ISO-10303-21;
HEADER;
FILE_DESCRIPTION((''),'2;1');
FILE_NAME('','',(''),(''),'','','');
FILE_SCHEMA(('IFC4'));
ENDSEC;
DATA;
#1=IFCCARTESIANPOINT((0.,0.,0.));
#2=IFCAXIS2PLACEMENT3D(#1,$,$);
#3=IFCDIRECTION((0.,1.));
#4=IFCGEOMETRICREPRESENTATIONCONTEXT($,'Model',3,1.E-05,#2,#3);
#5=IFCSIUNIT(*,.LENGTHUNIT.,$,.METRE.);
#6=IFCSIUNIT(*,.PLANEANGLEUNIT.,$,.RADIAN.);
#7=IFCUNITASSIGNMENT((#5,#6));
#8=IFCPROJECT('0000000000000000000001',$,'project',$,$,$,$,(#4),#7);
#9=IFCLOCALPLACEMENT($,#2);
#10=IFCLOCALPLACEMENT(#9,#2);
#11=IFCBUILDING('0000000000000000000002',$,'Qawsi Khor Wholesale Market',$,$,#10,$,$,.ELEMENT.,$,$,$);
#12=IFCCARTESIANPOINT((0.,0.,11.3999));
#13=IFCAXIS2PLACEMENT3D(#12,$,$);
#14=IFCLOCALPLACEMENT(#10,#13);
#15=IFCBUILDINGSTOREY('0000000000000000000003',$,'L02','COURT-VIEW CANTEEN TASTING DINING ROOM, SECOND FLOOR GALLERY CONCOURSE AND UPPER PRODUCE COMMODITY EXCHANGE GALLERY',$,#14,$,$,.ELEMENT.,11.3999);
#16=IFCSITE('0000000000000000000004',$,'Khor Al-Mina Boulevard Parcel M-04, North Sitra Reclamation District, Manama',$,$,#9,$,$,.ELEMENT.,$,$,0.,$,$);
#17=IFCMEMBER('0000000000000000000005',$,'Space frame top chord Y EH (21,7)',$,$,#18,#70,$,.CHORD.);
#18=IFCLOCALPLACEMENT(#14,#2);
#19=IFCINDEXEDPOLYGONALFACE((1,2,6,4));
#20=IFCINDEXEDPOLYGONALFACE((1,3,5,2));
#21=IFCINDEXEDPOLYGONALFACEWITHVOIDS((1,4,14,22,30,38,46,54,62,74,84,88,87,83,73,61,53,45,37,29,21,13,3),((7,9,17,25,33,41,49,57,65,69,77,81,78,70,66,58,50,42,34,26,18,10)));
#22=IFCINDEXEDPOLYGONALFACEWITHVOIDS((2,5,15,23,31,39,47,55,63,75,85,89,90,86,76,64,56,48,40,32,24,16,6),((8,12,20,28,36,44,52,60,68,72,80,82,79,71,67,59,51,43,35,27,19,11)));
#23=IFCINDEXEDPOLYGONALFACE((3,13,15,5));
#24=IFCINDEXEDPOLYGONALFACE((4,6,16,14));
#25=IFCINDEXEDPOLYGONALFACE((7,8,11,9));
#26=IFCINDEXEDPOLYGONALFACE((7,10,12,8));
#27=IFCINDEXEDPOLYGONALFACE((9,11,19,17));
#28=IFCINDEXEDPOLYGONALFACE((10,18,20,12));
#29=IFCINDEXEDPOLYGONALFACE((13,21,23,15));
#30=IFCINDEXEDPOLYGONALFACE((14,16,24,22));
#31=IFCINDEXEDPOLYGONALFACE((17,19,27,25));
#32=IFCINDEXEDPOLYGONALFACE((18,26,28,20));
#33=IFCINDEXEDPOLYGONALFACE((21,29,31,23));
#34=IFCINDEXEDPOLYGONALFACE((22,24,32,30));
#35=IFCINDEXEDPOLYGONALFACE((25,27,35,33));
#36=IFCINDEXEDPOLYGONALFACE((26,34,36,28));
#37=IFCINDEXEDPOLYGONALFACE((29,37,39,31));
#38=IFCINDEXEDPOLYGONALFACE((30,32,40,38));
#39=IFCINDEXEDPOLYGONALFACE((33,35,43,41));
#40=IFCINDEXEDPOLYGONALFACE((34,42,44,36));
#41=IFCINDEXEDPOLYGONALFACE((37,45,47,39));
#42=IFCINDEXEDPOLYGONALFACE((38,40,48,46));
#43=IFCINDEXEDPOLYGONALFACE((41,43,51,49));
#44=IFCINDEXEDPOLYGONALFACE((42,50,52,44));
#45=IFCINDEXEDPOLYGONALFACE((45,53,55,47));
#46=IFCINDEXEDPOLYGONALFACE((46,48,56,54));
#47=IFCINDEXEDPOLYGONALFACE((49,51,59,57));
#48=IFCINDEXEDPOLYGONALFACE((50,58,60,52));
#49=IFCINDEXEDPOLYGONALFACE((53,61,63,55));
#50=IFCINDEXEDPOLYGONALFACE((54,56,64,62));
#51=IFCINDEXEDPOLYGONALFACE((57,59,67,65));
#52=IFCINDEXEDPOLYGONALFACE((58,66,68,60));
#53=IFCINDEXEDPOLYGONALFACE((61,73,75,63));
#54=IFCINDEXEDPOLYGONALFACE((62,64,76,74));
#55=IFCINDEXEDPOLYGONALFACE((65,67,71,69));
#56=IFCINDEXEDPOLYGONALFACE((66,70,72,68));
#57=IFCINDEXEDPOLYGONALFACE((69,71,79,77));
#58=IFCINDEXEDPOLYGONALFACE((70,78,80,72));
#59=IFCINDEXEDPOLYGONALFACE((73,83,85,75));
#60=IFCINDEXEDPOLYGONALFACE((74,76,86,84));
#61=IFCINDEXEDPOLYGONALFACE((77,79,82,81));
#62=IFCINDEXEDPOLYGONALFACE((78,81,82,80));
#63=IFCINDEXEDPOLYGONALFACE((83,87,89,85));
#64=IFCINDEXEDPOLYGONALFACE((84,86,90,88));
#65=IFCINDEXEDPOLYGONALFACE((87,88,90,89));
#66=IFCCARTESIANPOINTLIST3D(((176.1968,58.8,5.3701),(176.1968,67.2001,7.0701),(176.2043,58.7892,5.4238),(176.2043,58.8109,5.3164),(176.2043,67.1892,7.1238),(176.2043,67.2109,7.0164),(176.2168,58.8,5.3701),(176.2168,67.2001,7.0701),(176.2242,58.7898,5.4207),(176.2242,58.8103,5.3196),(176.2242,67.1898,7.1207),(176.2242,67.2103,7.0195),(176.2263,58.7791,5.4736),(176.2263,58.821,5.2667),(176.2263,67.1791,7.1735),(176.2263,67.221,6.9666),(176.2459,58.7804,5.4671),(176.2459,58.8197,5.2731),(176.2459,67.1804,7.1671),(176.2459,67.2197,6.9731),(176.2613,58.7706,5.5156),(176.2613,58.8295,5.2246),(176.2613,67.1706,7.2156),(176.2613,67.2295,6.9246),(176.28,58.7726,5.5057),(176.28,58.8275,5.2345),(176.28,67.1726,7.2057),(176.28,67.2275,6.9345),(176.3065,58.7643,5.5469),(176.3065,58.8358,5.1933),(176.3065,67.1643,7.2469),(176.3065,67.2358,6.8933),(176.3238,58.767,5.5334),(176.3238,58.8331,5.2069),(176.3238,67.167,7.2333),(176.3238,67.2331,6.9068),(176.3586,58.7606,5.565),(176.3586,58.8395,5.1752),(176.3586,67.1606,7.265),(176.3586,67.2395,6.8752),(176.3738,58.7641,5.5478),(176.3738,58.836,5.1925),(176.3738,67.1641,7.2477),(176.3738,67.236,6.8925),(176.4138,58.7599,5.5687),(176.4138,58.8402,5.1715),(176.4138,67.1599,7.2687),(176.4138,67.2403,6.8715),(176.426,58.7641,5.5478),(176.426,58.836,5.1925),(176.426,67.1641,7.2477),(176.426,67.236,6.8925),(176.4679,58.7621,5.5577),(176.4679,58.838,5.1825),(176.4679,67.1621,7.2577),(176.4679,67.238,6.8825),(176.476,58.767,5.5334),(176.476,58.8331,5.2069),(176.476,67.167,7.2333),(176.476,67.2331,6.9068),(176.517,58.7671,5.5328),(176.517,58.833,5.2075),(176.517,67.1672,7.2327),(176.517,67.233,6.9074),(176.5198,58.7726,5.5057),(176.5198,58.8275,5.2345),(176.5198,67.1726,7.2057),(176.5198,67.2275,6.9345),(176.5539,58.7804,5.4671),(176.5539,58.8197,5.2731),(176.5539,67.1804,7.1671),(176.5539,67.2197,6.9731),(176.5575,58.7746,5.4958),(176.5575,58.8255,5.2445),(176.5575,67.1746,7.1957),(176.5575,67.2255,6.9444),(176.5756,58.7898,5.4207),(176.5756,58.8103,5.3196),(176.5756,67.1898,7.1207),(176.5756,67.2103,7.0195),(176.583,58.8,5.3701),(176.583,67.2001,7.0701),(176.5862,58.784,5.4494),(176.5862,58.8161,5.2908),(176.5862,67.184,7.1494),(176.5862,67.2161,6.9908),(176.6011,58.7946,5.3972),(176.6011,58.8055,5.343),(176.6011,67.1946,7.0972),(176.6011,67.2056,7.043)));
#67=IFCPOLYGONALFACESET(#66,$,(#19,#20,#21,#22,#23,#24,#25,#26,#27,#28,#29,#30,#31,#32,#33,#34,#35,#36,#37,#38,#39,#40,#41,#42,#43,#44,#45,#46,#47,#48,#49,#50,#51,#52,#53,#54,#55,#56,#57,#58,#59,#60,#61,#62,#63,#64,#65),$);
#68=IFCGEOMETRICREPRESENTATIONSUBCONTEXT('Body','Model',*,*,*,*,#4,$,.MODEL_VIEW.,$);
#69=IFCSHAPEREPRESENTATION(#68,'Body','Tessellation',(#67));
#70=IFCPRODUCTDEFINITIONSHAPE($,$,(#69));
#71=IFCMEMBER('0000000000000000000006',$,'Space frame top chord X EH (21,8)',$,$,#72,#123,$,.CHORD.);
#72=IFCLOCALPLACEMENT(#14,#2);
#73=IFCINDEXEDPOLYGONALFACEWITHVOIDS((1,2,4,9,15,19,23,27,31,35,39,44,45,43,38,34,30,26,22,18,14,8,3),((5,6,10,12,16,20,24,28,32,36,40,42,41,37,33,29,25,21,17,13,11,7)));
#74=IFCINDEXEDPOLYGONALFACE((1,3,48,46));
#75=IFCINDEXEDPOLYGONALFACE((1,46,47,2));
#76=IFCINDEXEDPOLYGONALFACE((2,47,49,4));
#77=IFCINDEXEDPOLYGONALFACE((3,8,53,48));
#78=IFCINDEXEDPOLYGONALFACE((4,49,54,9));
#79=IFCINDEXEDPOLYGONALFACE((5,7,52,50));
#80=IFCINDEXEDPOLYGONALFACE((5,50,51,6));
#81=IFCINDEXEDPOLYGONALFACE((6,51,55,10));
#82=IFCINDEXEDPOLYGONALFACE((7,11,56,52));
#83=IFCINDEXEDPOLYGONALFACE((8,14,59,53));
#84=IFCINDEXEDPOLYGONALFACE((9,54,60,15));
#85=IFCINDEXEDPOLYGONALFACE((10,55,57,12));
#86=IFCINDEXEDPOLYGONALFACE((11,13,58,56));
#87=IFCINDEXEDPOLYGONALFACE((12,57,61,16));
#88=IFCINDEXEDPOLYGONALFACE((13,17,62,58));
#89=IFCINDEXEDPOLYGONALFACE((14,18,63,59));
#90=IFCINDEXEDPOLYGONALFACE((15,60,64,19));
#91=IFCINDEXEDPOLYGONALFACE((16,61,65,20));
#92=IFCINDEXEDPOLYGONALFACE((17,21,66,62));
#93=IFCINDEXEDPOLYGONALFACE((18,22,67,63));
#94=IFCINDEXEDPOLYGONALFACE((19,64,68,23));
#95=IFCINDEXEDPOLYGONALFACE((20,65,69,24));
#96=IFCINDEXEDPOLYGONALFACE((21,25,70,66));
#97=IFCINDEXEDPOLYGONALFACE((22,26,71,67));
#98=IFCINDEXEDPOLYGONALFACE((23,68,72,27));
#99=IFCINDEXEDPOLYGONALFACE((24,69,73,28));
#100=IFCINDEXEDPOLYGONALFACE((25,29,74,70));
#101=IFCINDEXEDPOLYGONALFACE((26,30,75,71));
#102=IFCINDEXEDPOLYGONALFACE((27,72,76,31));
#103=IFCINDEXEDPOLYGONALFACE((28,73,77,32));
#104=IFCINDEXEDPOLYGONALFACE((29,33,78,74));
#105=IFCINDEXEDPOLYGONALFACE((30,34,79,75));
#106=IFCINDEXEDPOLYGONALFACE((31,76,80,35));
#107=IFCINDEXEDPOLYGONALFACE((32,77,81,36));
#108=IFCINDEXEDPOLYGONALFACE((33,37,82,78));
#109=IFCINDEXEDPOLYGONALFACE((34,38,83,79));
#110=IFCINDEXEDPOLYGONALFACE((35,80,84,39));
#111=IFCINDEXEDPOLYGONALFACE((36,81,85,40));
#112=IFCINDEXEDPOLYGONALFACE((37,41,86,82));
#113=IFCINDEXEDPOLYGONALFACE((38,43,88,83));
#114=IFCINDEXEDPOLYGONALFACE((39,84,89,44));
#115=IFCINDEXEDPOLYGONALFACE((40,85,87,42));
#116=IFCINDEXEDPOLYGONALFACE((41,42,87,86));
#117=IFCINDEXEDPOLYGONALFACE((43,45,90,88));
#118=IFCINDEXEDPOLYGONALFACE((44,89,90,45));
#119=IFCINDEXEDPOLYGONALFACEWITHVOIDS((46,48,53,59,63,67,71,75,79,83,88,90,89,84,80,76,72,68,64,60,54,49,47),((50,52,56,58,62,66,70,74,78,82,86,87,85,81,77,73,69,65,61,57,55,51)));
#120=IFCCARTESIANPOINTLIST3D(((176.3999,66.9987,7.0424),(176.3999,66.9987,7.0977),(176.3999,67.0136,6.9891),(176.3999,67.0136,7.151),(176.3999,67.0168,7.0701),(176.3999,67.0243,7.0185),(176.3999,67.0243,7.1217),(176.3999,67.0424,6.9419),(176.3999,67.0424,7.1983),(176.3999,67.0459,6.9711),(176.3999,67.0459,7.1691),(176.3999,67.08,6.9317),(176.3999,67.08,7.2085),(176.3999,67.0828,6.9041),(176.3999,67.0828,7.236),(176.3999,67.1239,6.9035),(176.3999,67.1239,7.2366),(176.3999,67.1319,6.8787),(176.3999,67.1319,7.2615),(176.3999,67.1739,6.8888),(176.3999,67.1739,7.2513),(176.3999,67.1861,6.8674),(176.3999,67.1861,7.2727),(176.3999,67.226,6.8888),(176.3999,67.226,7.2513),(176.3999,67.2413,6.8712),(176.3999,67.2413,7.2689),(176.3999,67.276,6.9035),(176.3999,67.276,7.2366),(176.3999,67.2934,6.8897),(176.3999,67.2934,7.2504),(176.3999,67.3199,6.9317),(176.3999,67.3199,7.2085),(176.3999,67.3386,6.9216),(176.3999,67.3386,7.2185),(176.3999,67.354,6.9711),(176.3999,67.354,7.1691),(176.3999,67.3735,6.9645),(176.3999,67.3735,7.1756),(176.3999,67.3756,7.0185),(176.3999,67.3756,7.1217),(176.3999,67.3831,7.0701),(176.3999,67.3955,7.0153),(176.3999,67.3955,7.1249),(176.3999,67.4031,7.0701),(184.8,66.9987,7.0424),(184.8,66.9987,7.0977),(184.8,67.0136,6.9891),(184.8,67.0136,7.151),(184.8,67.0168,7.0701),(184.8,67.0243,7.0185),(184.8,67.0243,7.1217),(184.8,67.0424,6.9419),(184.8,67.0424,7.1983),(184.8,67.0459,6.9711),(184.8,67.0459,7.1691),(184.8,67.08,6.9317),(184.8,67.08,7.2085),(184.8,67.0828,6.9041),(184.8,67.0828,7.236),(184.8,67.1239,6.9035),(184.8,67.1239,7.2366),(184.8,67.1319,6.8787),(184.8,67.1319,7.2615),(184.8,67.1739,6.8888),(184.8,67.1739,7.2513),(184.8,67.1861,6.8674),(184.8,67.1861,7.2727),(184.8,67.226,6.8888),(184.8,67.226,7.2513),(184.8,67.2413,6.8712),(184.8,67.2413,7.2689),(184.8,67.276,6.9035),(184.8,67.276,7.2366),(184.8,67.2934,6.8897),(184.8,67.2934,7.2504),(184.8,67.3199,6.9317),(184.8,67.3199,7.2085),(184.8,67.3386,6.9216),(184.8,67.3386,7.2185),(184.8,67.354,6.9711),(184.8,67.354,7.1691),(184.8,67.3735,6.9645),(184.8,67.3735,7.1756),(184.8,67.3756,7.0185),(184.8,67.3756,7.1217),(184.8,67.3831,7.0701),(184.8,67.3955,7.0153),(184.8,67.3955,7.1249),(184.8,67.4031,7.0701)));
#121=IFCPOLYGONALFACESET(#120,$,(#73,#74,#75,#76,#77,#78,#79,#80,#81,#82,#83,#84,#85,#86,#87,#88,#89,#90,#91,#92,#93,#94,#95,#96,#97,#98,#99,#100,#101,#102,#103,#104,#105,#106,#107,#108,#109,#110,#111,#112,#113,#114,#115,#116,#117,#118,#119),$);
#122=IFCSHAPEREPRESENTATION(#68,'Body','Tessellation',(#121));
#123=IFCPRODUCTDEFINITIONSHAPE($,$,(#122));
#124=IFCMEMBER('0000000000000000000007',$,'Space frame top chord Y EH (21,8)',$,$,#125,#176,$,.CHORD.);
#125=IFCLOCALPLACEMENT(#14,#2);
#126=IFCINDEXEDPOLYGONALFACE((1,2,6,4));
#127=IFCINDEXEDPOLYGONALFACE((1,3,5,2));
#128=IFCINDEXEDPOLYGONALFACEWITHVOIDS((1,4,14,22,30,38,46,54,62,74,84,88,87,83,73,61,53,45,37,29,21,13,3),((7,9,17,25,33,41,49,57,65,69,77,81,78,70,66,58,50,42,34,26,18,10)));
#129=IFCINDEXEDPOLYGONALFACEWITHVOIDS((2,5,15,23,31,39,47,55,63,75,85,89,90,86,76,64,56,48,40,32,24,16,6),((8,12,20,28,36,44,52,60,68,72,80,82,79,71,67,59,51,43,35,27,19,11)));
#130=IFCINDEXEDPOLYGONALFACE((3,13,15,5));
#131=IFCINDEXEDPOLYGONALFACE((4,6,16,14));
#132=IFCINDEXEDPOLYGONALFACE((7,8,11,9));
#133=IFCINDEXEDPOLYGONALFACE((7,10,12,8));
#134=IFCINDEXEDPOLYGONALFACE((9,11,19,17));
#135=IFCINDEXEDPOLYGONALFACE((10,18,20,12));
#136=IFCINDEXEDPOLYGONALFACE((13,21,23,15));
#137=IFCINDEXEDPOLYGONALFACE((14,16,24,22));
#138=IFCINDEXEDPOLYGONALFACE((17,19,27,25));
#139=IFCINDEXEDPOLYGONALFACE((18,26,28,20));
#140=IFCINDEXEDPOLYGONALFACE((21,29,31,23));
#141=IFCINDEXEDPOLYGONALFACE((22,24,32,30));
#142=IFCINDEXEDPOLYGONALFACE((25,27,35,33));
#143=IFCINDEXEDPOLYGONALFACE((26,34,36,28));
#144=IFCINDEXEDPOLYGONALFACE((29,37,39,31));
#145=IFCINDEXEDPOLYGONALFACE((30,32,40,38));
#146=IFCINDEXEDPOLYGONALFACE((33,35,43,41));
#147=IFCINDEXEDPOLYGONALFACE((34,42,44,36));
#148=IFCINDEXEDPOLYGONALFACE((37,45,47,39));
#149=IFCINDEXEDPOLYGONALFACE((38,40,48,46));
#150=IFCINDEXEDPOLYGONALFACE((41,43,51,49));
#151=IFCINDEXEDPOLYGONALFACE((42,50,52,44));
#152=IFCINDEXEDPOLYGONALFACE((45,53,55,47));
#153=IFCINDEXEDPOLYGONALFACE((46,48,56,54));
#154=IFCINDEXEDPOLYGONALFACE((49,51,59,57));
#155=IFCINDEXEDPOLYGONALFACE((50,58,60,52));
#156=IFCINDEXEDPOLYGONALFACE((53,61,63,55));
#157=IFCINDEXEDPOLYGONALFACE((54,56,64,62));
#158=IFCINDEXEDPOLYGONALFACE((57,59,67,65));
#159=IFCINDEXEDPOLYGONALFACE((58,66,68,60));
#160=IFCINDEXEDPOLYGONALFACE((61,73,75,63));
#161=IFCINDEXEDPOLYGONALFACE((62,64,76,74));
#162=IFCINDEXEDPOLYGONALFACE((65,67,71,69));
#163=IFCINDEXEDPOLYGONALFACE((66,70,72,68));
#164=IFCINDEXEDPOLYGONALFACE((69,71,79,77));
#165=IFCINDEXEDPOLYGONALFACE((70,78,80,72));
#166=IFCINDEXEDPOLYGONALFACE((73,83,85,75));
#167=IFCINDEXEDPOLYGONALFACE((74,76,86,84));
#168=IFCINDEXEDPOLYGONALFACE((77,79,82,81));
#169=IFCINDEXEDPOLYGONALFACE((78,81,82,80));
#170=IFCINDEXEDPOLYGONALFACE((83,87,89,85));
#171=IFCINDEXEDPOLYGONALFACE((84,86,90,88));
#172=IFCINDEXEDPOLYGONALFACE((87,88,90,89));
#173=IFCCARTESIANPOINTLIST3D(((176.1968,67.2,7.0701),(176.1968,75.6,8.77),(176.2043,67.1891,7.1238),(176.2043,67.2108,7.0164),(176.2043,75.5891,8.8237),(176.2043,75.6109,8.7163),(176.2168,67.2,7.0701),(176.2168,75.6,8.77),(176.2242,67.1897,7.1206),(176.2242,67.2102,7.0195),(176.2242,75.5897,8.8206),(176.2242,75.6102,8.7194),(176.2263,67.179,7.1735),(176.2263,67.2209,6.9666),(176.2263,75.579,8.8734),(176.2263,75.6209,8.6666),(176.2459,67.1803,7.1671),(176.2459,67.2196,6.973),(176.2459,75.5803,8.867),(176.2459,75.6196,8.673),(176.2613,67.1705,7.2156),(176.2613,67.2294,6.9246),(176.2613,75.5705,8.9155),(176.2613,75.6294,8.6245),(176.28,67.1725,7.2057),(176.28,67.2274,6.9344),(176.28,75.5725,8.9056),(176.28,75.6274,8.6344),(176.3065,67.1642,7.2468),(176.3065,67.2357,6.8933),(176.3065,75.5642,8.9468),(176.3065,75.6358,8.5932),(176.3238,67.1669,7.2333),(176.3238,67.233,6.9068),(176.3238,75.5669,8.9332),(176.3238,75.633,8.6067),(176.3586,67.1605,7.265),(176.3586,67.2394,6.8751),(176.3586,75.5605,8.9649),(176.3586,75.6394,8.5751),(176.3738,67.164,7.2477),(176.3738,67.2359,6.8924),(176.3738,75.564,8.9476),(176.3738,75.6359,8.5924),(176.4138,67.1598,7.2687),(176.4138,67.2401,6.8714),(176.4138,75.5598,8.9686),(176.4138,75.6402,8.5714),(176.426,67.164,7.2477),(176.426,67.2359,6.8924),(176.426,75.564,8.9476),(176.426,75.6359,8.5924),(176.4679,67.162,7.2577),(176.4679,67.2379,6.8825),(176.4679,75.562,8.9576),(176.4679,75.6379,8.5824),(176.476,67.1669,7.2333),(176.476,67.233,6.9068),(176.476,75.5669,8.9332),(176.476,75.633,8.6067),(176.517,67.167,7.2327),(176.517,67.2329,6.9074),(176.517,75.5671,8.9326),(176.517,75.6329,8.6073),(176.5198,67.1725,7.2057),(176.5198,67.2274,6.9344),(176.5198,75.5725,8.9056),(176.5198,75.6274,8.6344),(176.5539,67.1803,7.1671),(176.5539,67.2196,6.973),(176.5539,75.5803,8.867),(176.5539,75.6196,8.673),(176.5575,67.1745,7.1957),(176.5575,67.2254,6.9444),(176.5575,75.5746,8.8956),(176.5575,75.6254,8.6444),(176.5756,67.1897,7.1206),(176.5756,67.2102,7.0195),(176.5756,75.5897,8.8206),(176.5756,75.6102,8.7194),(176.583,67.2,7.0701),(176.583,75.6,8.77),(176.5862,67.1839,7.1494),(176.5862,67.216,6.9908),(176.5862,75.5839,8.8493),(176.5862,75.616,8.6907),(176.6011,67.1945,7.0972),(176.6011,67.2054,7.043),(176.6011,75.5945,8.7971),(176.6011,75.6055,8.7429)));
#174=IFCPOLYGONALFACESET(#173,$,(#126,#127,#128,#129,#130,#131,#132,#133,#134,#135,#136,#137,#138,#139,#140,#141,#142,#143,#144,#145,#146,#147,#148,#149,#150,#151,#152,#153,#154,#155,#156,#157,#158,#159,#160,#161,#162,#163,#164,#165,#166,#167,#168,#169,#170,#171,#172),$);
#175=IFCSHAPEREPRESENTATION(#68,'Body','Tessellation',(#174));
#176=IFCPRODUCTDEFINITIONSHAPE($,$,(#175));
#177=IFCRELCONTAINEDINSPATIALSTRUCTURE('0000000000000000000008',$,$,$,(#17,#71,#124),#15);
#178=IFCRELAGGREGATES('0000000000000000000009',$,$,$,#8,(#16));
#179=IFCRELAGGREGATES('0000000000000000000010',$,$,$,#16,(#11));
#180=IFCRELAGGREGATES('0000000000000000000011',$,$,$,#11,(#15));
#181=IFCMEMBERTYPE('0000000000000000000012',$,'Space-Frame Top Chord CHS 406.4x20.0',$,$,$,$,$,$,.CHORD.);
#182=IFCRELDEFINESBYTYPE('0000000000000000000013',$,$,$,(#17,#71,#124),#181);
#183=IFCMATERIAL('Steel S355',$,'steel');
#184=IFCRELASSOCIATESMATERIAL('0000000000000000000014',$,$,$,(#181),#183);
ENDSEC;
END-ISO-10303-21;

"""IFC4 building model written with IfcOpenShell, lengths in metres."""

from ifc_helpers import new_model, si_unit, direction, frame, origin, origin_2d, place, context, subcontext, project, spatial, hollow_circle, extrude, material, material_profile, profile_set, type_object, element, save


model = new_model("IFC4")

# Units and contexts
model_context = context("Model", 3, precision=1e-05, world=origin(), true_north=direction((0.0, 1.0)))
body_context = subcontext(model_context, "Body", "Model", "MODEL_VIEW")
ifc_project = project(units=[si_unit("LENGTHUNIT", "METRE"), si_unit("PLANEANGLEUNIT", "RADIAN")], contexts=[model_context])

# Site, building, storey
site_placement = place(None, origin())
site = spatial("IfcSite", under=ifc_project, at=site_placement, Name="Khor Al-Mina Boulevard Parcel M-04, North Sitra Reclamation District, Manama", CompositionType="ELEMENT", RefElevation=0.0)
building_placement = place(site_placement, origin())
building = spatial("IfcBuilding", under=site, at=building_placement, Name="Qawsi Khor Wholesale Market", CompositionType="ELEMENT")
storey_placement = place(building_placement, frame((0.0, 0.0, 11.3999)))
storey = spatial("IfcBuildingStorey", under=building, at=storey_placement, Name="L02", Description="COURT-VIEW CANTEEN TASTING DINING ROOM, SECOND FLOOR GALLERY CONCOURSE AND UPPER PRODUCE COMMODITY EXCHANGE GALLERY", CompositionType="ELEMENT", Elevation=11.3999)

# Members
ifc_material_1 = material(Name="Steel S355", Category="steel")
ifc_material_profile_1 = material_profile(ifc_material_1, hollow_circle(Radius=0.2031, WallThickness=0.02, at=origin_2d()), Name="CHS 406.4x20.0")
ifc_profile_set_1 = profile_set([ifc_material_profile_1], Name="Steel S355")
member_type_1 = type_object("IfcMemberType", Name="Space-Frame Top Chord CHS 406.4x20.0", PredefinedType="CHORD", material=ifc_profile_set_1)
for number, where, z_axis, x_axis, name in (
    (1, (176.3999, 58.8, 5.3701), (0.0, 0.98013, 0.198356), (-1.0, 0.0, 0.0), "Space frame top chord Y EH (21,7)"),
):
    element("IfcMember", number, at=place(storey_placement, frame(where, z_axis=z_axis, x_axis=x_axis)), inside=storey, type_object=member_type_1, Name=name, PredefinedType="CHORD", context=body_context, shape_type="SweptSolid", body=[
        extrude(hollow_circle(Radius=0.2031, WallThickness=0.02, at=origin_2d()), origin(), (0.0, 0.0, 1.0), 8.5703),
    ])
member_1_placement = place(storey_placement, frame((176.3999, 67.2, 7.0701), z_axis=(1.0, 0.0, 0.0), x_axis=(0.0, 1.0, 0.0)))
element("IfcMember", 2, at=member_1_placement, inside=storey, type_object=member_type_1, Name="Space frame top chord X EH (21,8)", PredefinedType="CHORD", context=body_context, shape_type="SweptSolid", body=[
    extrude(hollow_circle(Radius=0.2031, WallThickness=0.02, at=origin_2d()), origin(), (0.0, 0.0, 1.0), 8.4001),
])
member_2_placement = place(storey_placement, frame((176.3999, 67.2, 7.0701), z_axis=(0.0, 0.980131, 0.198351), x_axis=(-1.0, 0.0, 0.0)))
element("IfcMember", 3, at=member_2_placement, inside=storey, type_object=member_type_1, Name="Space frame top chord Y EH (21,8)", PredefinedType="CHORD", context=body_context, shape_type="SweptSolid", body=[
    extrude(hollow_circle(Radius=0.2031, WallThickness=0.02, at=origin_2d()), origin(), (0.0, 0.0, 1.0), 8.5703),
])

save(model, "model.ifc")
